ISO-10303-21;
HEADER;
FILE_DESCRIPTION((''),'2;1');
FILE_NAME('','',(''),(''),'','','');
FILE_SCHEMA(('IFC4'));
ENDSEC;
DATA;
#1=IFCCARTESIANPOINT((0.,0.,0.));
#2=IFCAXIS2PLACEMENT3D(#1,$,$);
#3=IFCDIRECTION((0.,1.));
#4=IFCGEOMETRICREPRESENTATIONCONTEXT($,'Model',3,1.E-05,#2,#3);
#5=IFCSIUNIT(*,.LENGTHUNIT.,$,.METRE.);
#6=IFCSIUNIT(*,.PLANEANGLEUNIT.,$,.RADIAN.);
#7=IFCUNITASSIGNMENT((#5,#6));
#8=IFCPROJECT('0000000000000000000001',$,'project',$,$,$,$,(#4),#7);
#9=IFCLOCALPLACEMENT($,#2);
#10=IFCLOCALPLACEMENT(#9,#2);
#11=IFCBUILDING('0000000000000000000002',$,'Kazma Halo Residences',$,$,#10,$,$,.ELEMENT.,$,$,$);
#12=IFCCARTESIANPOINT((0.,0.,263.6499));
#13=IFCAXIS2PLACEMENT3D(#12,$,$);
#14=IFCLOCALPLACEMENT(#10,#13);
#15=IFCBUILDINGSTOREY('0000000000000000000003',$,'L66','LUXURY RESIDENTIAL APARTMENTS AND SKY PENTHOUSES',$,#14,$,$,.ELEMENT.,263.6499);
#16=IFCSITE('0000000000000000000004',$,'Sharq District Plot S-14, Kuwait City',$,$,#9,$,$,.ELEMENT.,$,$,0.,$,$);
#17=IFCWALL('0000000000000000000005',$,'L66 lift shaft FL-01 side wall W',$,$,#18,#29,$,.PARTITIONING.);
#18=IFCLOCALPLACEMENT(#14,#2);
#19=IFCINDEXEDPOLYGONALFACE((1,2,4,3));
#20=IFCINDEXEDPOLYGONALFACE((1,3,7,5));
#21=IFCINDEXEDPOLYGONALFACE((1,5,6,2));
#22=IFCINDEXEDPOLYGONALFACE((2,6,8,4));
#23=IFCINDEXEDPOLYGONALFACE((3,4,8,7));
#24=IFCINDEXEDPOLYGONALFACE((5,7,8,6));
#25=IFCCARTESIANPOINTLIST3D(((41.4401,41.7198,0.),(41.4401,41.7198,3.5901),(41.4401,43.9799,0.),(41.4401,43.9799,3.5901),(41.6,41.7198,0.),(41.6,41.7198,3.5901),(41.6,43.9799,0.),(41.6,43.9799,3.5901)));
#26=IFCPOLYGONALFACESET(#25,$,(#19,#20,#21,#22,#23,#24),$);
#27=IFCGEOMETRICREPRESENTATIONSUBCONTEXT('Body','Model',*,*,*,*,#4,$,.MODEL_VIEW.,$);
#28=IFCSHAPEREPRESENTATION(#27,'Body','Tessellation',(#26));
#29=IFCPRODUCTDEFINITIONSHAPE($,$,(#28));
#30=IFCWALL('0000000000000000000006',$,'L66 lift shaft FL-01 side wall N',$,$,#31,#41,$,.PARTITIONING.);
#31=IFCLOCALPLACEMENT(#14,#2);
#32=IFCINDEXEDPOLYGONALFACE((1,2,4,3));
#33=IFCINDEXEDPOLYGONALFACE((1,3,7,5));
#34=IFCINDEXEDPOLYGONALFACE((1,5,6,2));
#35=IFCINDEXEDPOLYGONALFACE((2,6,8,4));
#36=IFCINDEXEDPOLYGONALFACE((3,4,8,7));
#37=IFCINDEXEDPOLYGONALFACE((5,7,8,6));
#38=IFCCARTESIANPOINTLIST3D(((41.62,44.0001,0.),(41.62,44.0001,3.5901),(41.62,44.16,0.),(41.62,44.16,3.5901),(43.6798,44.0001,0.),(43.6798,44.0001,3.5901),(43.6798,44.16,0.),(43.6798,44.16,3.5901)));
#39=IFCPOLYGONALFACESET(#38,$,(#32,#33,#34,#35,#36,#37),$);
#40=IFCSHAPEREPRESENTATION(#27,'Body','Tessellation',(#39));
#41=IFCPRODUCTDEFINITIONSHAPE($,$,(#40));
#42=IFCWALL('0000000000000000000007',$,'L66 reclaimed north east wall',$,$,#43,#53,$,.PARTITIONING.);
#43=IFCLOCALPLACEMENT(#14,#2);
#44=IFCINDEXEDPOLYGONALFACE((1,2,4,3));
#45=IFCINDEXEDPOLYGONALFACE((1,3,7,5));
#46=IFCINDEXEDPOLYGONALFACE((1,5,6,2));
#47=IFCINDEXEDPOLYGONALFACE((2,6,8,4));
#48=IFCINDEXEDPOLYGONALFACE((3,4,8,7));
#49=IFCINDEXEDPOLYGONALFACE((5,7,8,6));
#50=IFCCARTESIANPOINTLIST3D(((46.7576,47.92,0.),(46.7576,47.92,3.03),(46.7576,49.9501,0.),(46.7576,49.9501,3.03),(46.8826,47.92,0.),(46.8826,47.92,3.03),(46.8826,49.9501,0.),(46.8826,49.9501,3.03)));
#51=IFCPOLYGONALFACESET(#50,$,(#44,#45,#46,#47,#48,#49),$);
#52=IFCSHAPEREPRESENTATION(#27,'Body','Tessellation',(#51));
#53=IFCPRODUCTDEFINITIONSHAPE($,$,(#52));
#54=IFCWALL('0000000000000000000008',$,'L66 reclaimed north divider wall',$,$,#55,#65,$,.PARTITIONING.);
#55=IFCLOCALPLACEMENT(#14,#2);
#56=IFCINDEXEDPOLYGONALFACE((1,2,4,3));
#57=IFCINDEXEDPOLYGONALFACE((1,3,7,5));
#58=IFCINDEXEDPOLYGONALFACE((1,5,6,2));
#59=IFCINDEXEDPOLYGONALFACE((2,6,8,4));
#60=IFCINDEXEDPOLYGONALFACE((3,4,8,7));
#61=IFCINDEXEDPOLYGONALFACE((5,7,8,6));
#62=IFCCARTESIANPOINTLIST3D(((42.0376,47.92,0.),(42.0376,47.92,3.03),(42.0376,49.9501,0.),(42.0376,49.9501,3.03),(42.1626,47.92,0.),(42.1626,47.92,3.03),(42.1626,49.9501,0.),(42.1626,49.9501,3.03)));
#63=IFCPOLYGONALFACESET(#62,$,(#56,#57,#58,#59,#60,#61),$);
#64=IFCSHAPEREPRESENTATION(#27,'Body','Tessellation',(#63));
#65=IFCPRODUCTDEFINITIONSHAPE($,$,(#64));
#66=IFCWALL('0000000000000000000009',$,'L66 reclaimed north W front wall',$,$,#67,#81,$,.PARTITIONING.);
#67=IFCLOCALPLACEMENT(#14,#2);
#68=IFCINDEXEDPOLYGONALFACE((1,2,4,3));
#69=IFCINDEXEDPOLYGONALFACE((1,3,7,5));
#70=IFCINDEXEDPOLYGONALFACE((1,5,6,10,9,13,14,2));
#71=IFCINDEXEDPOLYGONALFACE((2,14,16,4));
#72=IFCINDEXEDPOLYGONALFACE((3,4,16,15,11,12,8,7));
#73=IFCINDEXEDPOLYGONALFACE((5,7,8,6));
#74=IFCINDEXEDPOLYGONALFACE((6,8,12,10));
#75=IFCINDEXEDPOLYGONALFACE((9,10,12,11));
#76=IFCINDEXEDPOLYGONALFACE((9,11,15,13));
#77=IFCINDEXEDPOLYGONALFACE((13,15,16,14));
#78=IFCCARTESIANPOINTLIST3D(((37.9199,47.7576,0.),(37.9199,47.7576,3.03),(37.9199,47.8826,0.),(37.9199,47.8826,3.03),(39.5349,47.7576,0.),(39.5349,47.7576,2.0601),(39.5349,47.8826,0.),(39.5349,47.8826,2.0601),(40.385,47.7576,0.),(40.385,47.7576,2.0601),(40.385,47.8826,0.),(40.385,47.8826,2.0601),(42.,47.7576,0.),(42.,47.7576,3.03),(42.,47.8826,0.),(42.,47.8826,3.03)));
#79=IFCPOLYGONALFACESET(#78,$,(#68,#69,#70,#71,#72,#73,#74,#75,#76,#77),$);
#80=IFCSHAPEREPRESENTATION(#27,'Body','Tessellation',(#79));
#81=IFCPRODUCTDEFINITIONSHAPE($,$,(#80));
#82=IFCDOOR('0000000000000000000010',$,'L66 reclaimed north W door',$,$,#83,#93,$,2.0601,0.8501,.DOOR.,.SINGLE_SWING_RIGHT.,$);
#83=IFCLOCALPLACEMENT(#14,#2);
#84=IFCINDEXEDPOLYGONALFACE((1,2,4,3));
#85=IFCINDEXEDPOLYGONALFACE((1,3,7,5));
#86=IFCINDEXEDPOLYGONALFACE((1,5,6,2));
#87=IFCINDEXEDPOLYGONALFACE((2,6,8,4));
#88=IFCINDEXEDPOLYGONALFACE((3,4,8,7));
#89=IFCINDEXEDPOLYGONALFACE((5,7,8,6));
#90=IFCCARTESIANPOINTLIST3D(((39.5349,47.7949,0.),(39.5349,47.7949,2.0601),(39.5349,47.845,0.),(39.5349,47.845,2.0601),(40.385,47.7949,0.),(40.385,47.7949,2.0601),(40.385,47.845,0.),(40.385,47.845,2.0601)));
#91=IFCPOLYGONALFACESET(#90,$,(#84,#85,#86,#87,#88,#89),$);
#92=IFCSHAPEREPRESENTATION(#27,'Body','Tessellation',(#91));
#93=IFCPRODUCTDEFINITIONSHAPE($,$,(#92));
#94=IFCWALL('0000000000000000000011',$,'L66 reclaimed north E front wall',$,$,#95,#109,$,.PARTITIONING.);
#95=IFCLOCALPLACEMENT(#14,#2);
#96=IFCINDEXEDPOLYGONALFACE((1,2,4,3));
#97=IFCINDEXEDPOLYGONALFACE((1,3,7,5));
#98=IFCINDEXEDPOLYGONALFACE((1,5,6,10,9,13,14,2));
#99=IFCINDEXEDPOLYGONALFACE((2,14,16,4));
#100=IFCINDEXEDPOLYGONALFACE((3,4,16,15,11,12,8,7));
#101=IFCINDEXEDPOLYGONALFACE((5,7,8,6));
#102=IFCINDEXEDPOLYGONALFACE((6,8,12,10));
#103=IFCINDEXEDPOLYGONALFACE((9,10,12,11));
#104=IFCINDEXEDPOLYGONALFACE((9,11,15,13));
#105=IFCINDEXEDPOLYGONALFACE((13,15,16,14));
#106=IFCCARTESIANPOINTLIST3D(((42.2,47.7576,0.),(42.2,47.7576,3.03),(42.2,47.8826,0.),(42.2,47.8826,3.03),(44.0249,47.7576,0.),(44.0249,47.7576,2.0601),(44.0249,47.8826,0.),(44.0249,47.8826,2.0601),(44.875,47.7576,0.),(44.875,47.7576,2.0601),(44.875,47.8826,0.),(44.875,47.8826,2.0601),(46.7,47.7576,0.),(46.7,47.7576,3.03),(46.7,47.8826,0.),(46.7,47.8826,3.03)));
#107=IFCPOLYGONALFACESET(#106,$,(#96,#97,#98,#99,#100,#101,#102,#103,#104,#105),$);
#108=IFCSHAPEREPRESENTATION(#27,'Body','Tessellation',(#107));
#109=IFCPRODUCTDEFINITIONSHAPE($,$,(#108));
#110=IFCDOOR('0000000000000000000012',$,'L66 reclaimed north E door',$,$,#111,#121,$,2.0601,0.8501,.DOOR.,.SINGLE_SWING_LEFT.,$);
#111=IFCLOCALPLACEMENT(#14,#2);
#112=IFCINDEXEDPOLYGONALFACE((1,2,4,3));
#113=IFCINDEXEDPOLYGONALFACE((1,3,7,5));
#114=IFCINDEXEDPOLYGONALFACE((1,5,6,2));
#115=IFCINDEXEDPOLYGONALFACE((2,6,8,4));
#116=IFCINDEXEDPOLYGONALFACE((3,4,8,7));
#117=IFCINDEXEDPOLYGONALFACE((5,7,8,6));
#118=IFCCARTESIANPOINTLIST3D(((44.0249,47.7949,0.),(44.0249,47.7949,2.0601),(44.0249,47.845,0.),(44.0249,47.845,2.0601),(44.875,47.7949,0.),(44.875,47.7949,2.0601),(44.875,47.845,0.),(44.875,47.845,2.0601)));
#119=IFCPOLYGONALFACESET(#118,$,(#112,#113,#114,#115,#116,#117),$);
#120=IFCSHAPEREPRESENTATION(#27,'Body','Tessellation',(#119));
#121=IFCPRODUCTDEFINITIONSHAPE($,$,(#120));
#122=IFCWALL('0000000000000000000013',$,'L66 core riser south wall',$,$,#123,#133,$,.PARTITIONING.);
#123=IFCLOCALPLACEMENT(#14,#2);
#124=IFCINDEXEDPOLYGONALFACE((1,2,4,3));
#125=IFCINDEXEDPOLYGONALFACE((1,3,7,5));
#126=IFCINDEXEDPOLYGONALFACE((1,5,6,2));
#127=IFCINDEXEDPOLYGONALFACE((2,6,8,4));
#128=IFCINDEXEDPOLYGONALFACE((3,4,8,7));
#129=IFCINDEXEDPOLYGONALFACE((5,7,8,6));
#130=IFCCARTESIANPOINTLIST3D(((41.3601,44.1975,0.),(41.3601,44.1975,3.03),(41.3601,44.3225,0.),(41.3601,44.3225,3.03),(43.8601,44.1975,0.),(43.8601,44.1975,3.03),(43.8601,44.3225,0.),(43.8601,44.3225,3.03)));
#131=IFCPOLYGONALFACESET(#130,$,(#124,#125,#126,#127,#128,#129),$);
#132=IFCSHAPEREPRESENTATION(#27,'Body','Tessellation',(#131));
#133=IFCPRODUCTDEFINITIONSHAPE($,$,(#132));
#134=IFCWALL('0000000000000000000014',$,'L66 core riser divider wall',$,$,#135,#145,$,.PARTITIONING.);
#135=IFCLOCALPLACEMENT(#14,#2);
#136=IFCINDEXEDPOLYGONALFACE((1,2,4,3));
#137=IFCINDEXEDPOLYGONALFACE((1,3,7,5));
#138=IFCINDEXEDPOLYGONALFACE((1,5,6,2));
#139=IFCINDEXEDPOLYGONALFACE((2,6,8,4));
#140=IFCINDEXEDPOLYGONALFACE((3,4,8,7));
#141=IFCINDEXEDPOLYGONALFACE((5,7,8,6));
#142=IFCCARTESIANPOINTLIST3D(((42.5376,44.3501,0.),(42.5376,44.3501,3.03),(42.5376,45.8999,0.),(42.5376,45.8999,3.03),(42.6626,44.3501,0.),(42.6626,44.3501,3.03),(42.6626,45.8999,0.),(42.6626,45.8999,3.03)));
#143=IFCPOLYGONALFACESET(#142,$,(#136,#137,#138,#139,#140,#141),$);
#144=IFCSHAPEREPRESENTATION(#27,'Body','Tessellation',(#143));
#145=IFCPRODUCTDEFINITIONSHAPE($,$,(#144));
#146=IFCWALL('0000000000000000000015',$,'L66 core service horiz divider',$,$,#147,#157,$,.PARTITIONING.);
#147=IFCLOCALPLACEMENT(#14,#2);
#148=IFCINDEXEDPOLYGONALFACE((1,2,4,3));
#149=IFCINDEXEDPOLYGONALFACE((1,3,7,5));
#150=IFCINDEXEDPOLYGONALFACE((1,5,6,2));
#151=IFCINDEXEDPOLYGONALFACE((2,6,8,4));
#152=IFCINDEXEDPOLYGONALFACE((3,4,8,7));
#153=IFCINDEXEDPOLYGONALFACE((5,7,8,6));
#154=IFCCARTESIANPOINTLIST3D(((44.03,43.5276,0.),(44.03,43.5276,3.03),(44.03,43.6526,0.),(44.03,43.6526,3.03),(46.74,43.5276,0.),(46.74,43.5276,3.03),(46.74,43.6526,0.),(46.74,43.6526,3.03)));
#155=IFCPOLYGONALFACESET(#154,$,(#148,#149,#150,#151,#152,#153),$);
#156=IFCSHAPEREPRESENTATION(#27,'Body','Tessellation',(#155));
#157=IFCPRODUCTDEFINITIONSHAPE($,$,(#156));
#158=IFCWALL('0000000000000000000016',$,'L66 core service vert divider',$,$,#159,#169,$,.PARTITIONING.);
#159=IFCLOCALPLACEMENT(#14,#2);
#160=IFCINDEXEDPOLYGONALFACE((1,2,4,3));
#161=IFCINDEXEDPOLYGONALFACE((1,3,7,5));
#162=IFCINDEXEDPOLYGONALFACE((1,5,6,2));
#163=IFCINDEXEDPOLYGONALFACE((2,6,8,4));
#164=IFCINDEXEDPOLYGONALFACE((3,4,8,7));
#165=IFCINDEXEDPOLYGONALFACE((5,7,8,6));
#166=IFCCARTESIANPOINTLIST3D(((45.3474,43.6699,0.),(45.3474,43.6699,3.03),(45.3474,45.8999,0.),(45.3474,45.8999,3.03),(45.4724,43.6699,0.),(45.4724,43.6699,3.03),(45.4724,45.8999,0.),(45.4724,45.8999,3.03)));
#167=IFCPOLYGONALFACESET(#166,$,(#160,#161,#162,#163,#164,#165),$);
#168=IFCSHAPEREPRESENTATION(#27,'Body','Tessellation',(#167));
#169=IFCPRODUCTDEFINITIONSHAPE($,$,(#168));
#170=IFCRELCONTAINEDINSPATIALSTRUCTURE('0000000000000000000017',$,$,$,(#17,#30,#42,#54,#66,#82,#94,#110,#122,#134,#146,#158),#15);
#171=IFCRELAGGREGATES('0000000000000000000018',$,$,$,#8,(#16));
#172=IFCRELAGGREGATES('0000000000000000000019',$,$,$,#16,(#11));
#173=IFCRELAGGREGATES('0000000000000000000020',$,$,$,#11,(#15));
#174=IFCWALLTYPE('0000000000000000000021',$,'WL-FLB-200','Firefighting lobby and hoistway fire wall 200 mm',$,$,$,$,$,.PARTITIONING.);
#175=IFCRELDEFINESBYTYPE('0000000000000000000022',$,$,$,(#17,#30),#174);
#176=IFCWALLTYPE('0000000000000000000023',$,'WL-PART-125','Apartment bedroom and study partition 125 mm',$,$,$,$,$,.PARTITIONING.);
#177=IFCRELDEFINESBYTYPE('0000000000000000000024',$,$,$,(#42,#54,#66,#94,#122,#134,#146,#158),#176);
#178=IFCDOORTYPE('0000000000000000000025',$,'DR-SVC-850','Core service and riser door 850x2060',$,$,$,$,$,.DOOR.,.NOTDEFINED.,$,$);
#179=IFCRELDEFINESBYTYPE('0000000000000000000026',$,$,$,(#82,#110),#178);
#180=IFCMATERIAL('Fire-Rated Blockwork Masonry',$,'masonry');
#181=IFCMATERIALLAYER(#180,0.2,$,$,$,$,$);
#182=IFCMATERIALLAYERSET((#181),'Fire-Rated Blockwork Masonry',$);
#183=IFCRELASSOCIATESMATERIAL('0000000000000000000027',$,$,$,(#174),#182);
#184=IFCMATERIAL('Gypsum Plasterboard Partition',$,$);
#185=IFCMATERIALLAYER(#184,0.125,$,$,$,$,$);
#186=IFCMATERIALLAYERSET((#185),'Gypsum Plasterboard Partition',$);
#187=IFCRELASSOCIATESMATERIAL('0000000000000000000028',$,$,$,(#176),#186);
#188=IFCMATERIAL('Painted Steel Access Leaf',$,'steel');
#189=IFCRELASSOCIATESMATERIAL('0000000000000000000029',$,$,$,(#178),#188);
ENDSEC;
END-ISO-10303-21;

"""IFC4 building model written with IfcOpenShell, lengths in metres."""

from ifc_helpers import new_model, si_unit, direction, frame, frame_2d, origin, place, context, subcontext, project, spatial, rectangle, extrude, material, layer, layer_set, type_object, element, fill, save


model = new_model("IFC4")

# Units and contexts
model_context = context("Model", 3, precision=1e-05, world=origin(), true_north=direction((0.0, 1.0)))
body_context = subcontext(model_context, "Body", "Model", "MODEL_VIEW")
ifc_project = project(units=[si_unit("LENGTHUNIT", "METRE"), si_unit("PLANEANGLEUNIT", "RADIAN")], contexts=[model_context])

# Site, building, storey
site_placement = place(None, origin())
site = spatial("IfcSite", under=ifc_project, at=site_placement, Name="Sharq District Plot S-14, Kuwait City", CompositionType="ELEMENT", RefElevation=0.0)
building_placement = place(site_placement, origin())
building = spatial("IfcBuilding", under=site, at=building_placement, Name="Kazma Halo Residences", CompositionType="ELEMENT")
storey_placement = place(building_placement, frame((0.0, 0.0, 263.6499)))
storey = spatial("IfcBuildingStorey", under=building, at=storey_placement, Name="L66", Description="LUXURY RESIDENTIAL APARTMENTS AND SKY PENTHOUSES", CompositionType="ELEMENT", Elevation=263.6499)

# Walls
ifc_material_1 = material(Name="Fire-Rated Blockwork Masonry", Category="masonry")
ifc_layer_1 = layer(ifc_material_1, 0.2)
ifc_layer_set_1 = layer_set([ifc_layer_1], Name="Fire-Rated Blockwork Masonry")
wall_type_1 = type_object("IfcWallType", Name="WL-FLB-200", Description="Firefighting lobby and hoistway fire wall 200 mm", PredefinedType="PARTITIONING", material=ifc_layer_set_1)
for number, where, z_axis, x_axis, name in (
    (1, (41.52, 41.72, 0.0), (0.0, 0.0, 1.0), (0.0, 1.0, 0.0), "L66 lift shaft FL-01 side wall W"),
):
    element("IfcWall", number, at=place(storey_placement, frame(where, z_axis=z_axis, x_axis=x_axis)), inside=storey, type_object=wall_type_1, Name=name, PredefinedType="PARTITIONING", context=body_context, shape_type="SweptSolid", body=[
        extrude(rectangle(XDim=2.26, YDim=0.1599, at=frame_2d((1.1299, 0.0))), origin(), (0.0, 0.0, 1.0), 3.5901),
    ])
wall_1_placement = place(storey_placement, frame((41.6201, 44.0801, 0.0), z_axis=(0.0, 0.0, 1.0), x_axis=(1.0, 0.0, 0.0)))
element("IfcWall", 2, at=wall_1_placement, inside=storey, type_object=wall_type_1, Name="L66 lift shaft FL-01 side wall N", PredefinedType="PARTITIONING", context=body_context, shape_type="SweptSolid", body=[
    extrude(rectangle(XDim=2.0598, YDim=0.1599, at=frame_2d((1.0298, 0.0))), origin(), (0.0, 0.0, 1.0), 3.5901),
])
ifc_material_2 = material(Name="Gypsum Plasterboard Partition")
ifc_layer_2 = layer(ifc_material_2, 0.125)
ifc_layer_set_2 = layer_set([ifc_layer_2], Name="Gypsum Plasterboard Partition")
wall_type_2 = type_object("IfcWallType", Name="WL-PART-125", Description="Apartment bedroom and study partition 125 mm", PredefinedType="PARTITIONING", material=ifc_layer_set_2)
for number, where, z_axis, x_axis, name in (
    (3, (46.8201, 47.9199, 0.0), (0.0, 0.0, 1.0), (0.0, 1.0, 0.0), "L66 reclaimed north east wall"),
    (4, (42.1001, 47.9199, 0.0), (0.0, 0.0, 1.0), (0.0, 1.0, 0.0), "L66 reclaimed north divider wall"),
):
    element("IfcWall", number, at=place(storey_placement, frame(where, z_axis=z_axis, x_axis=x_axis)), inside=storey, type_object=wall_type_2, Name=name, PredefinedType="PARTITIONING", context=body_context, shape_type="SweptSolid", body=[
        extrude(rectangle(XDim=2.03, YDim=0.125, at=frame_2d((1.0151, 0.0))), origin(), (0.0, 0.0, 1.0), 3.03),
    ])

# Walls, openings, doors
wall_2_placement = place(storey_placement, frame((37.9199, 47.8201, 0.0), z_axis=(0.0, 0.0, 1.0), x_axis=(1.0, 0.0, 0.0)))
wall_2 = element("IfcWall", 5, at=wall_2_placement, inside=storey, type_object=wall_type_2, Name="L66 reclaimed north W front wall", PredefinedType="PARTITIONING", context=body_context, shape_type="SweptSolid", body=[
    extrude(rectangle(XDim=4.0801, YDim=0.125, at=frame_2d((2.04, 0.0))), origin(), (0.0, 0.0, 1.0), 3.03),
])
opening_1_placement = place(wall_2_placement, frame((1.615, 0.0, 0.0)))
opening_1 = element("IfcOpeningElement", 6, at=opening_1_placement, cuts=wall_2, PredefinedType="OPENING", context=body_context, shape_type="SweptSolid", body=[
    extrude(rectangle(XDim=0.8501, YDim=2.0601, at=frame_2d((0.425, 1.03))), frame((0.0, 0.0725, 0.0), z_axis=(0.0, -1.0, 0.0), x_axis=(1.0, 0.0, 0.0)), (0.0, 0.0, 1.0), 0.145),
])
ifc_material_3 = material(Name="Painted Steel Access Leaf", Category="steel")
door_type = type_object("IfcDoorType", Name="DR-SVC-850", Description="Core service and riser door 850x2060", OperationType="NOTDEFINED", PredefinedType="DOOR", material=ifc_material_3)
door_1_placement = place(opening_1_placement, origin())
door_1 = element("IfcDoor", 7, at=door_1_placement, inside=storey, type_object=door_type, Name="L66 reclaimed north W door", OperationType="SINGLE_SWING_RIGHT", OverallHeight=2.0601, OverallWidth=0.8501, PredefinedType="DOOR", context=body_context, shape_type="SweptSolid", body=[
    extrude(rectangle(XDim=0.8501, YDim=2.0601, at=frame_2d((0.425, 1.03))), frame((0.0, 0.0249, 0.0), z_axis=(0.0, -1.0, 0.0), x_axis=(1.0, 0.0, 0.0)), (0.0, 0.0, 1.0), 0.05),
])
fill(opening_1, door_1)
wall_3_placement = place(storey_placement, frame((42.2, 47.8201, 0.0), z_axis=(0.0, 0.0, 1.0), x_axis=(1.0, 0.0, 0.0)))
wall_3 = element("IfcWall", 8, at=wall_3_placement, inside=storey, type_object=wall_type_2, Name="L66 reclaimed north E front wall", PredefinedType="PARTITIONING", context=body_context, shape_type="SweptSolid", body=[
    extrude(rectangle(XDim=4.5, YDim=0.125, at=frame_2d((2.25, 0.0))), origin(), (0.0, 0.0, 1.0), 3.03),
])
opening_2_placement = place(wall_3_placement, frame((1.825, 0.0, 0.0)))
opening_2 = element("IfcOpeningElement", 9, at=opening_2_placement, cuts=wall_3, PredefinedType="OPENING", context=body_context, shape_type="SweptSolid", body=[
    extrude(rectangle(XDim=0.8501, YDim=2.0601, at=frame_2d((0.425, 1.03))), frame((0.0, 0.0725, 0.0), z_axis=(0.0, -1.0, 0.0), x_axis=(1.0, 0.0, 0.0)), (0.0, 0.0, 1.0), 0.145),
])
door_2_placement = place(opening_2_placement, origin())
door_2 = element("IfcDoor", 10, at=door_2_placement, inside=storey, type_object=door_type, Name="L66 reclaimed north E door", OperationType="SINGLE_SWING_LEFT", OverallHeight=2.0601, OverallWidth=0.8501, PredefinedType="DOOR", context=body_context, shape_type="SweptSolid", body=[
    extrude(rectangle(XDim=0.8501, YDim=2.0601, at=frame_2d((0.425, 1.03))), frame((0.0, 0.0249, 0.0), z_axis=(0.0, -1.0, 0.0), x_axis=(1.0, 0.0, 0.0)), (0.0, 0.0, 1.0), 0.05),
])
fill(opening_2, door_2)

# Walls
wall_4_placement = place(storey_placement, frame((41.3601, 44.26, 0.0), z_axis=(0.0, 0.0, 1.0), x_axis=(1.0, 0.0, 0.0)))
element("IfcWall", 11, at=wall_4_placement, inside=storey, type_object=wall_type_2, Name="L66 core riser south wall", PredefinedType="PARTITIONING", context=body_context, shape_type="SweptSolid", body=[
    extrude(rectangle(XDim=2.5, YDim=0.125, at=frame_2d((1.25, 0.0))), origin(), (0.0, 0.0, 1.0), 3.03),
])
wall_5_placement = place(storey_placement, frame((42.6001, 44.3501, 0.0), z_axis=(0.0, 0.0, 1.0), x_axis=(0.0, 1.0, 0.0)))
element("IfcWall", 12, at=wall_5_placement, inside=storey, type_object=wall_type_2, Name="L66 core riser divider wall", PredefinedType="PARTITIONING", context=body_context, shape_type="SweptSolid", body=[
    extrude(rectangle(XDim=1.5498, YDim=0.125, at=frame_2d((0.7749, 0.0))), origin(), (0.0, 0.0, 1.0), 3.03),
])
wall_6_placement = place(storey_placement, frame((44.03, 43.5901, 0.0), z_axis=(0.0, 0.0, 1.0), x_axis=(1.0, 0.0, 0.0)))
element("IfcWall", 13, at=wall_6_placement, inside=storey, type_object=wall_type_2, Name="L66 core service horiz divider", PredefinedType="PARTITIONING", context=body_context, shape_type="SweptSolid", body=[
    extrude(rectangle(XDim=2.71, YDim=0.125, at=frame_2d((1.355, 0.0))), origin(), (0.0, 0.0, 1.0), 3.03),
])
wall_7_placement = place(storey_placement, frame((45.4099, 43.6699, 0.0), z_axis=(0.0, 0.0, 1.0), x_axis=(0.0, 1.0, 0.0)))
element("IfcWall", 14, at=wall_7_placement, inside=storey, type_object=wall_type_2, Name="L66 core service vert divider", PredefinedType="PARTITIONING", context=body_context, shape_type="SweptSolid", body=[
    extrude(rectangle(XDim=2.23, YDim=0.125, at=frame_2d((1.115, 0.0))), origin(), (0.0, 0.0, 1.0), 3.03),
])

save(model, "model.ifc")
